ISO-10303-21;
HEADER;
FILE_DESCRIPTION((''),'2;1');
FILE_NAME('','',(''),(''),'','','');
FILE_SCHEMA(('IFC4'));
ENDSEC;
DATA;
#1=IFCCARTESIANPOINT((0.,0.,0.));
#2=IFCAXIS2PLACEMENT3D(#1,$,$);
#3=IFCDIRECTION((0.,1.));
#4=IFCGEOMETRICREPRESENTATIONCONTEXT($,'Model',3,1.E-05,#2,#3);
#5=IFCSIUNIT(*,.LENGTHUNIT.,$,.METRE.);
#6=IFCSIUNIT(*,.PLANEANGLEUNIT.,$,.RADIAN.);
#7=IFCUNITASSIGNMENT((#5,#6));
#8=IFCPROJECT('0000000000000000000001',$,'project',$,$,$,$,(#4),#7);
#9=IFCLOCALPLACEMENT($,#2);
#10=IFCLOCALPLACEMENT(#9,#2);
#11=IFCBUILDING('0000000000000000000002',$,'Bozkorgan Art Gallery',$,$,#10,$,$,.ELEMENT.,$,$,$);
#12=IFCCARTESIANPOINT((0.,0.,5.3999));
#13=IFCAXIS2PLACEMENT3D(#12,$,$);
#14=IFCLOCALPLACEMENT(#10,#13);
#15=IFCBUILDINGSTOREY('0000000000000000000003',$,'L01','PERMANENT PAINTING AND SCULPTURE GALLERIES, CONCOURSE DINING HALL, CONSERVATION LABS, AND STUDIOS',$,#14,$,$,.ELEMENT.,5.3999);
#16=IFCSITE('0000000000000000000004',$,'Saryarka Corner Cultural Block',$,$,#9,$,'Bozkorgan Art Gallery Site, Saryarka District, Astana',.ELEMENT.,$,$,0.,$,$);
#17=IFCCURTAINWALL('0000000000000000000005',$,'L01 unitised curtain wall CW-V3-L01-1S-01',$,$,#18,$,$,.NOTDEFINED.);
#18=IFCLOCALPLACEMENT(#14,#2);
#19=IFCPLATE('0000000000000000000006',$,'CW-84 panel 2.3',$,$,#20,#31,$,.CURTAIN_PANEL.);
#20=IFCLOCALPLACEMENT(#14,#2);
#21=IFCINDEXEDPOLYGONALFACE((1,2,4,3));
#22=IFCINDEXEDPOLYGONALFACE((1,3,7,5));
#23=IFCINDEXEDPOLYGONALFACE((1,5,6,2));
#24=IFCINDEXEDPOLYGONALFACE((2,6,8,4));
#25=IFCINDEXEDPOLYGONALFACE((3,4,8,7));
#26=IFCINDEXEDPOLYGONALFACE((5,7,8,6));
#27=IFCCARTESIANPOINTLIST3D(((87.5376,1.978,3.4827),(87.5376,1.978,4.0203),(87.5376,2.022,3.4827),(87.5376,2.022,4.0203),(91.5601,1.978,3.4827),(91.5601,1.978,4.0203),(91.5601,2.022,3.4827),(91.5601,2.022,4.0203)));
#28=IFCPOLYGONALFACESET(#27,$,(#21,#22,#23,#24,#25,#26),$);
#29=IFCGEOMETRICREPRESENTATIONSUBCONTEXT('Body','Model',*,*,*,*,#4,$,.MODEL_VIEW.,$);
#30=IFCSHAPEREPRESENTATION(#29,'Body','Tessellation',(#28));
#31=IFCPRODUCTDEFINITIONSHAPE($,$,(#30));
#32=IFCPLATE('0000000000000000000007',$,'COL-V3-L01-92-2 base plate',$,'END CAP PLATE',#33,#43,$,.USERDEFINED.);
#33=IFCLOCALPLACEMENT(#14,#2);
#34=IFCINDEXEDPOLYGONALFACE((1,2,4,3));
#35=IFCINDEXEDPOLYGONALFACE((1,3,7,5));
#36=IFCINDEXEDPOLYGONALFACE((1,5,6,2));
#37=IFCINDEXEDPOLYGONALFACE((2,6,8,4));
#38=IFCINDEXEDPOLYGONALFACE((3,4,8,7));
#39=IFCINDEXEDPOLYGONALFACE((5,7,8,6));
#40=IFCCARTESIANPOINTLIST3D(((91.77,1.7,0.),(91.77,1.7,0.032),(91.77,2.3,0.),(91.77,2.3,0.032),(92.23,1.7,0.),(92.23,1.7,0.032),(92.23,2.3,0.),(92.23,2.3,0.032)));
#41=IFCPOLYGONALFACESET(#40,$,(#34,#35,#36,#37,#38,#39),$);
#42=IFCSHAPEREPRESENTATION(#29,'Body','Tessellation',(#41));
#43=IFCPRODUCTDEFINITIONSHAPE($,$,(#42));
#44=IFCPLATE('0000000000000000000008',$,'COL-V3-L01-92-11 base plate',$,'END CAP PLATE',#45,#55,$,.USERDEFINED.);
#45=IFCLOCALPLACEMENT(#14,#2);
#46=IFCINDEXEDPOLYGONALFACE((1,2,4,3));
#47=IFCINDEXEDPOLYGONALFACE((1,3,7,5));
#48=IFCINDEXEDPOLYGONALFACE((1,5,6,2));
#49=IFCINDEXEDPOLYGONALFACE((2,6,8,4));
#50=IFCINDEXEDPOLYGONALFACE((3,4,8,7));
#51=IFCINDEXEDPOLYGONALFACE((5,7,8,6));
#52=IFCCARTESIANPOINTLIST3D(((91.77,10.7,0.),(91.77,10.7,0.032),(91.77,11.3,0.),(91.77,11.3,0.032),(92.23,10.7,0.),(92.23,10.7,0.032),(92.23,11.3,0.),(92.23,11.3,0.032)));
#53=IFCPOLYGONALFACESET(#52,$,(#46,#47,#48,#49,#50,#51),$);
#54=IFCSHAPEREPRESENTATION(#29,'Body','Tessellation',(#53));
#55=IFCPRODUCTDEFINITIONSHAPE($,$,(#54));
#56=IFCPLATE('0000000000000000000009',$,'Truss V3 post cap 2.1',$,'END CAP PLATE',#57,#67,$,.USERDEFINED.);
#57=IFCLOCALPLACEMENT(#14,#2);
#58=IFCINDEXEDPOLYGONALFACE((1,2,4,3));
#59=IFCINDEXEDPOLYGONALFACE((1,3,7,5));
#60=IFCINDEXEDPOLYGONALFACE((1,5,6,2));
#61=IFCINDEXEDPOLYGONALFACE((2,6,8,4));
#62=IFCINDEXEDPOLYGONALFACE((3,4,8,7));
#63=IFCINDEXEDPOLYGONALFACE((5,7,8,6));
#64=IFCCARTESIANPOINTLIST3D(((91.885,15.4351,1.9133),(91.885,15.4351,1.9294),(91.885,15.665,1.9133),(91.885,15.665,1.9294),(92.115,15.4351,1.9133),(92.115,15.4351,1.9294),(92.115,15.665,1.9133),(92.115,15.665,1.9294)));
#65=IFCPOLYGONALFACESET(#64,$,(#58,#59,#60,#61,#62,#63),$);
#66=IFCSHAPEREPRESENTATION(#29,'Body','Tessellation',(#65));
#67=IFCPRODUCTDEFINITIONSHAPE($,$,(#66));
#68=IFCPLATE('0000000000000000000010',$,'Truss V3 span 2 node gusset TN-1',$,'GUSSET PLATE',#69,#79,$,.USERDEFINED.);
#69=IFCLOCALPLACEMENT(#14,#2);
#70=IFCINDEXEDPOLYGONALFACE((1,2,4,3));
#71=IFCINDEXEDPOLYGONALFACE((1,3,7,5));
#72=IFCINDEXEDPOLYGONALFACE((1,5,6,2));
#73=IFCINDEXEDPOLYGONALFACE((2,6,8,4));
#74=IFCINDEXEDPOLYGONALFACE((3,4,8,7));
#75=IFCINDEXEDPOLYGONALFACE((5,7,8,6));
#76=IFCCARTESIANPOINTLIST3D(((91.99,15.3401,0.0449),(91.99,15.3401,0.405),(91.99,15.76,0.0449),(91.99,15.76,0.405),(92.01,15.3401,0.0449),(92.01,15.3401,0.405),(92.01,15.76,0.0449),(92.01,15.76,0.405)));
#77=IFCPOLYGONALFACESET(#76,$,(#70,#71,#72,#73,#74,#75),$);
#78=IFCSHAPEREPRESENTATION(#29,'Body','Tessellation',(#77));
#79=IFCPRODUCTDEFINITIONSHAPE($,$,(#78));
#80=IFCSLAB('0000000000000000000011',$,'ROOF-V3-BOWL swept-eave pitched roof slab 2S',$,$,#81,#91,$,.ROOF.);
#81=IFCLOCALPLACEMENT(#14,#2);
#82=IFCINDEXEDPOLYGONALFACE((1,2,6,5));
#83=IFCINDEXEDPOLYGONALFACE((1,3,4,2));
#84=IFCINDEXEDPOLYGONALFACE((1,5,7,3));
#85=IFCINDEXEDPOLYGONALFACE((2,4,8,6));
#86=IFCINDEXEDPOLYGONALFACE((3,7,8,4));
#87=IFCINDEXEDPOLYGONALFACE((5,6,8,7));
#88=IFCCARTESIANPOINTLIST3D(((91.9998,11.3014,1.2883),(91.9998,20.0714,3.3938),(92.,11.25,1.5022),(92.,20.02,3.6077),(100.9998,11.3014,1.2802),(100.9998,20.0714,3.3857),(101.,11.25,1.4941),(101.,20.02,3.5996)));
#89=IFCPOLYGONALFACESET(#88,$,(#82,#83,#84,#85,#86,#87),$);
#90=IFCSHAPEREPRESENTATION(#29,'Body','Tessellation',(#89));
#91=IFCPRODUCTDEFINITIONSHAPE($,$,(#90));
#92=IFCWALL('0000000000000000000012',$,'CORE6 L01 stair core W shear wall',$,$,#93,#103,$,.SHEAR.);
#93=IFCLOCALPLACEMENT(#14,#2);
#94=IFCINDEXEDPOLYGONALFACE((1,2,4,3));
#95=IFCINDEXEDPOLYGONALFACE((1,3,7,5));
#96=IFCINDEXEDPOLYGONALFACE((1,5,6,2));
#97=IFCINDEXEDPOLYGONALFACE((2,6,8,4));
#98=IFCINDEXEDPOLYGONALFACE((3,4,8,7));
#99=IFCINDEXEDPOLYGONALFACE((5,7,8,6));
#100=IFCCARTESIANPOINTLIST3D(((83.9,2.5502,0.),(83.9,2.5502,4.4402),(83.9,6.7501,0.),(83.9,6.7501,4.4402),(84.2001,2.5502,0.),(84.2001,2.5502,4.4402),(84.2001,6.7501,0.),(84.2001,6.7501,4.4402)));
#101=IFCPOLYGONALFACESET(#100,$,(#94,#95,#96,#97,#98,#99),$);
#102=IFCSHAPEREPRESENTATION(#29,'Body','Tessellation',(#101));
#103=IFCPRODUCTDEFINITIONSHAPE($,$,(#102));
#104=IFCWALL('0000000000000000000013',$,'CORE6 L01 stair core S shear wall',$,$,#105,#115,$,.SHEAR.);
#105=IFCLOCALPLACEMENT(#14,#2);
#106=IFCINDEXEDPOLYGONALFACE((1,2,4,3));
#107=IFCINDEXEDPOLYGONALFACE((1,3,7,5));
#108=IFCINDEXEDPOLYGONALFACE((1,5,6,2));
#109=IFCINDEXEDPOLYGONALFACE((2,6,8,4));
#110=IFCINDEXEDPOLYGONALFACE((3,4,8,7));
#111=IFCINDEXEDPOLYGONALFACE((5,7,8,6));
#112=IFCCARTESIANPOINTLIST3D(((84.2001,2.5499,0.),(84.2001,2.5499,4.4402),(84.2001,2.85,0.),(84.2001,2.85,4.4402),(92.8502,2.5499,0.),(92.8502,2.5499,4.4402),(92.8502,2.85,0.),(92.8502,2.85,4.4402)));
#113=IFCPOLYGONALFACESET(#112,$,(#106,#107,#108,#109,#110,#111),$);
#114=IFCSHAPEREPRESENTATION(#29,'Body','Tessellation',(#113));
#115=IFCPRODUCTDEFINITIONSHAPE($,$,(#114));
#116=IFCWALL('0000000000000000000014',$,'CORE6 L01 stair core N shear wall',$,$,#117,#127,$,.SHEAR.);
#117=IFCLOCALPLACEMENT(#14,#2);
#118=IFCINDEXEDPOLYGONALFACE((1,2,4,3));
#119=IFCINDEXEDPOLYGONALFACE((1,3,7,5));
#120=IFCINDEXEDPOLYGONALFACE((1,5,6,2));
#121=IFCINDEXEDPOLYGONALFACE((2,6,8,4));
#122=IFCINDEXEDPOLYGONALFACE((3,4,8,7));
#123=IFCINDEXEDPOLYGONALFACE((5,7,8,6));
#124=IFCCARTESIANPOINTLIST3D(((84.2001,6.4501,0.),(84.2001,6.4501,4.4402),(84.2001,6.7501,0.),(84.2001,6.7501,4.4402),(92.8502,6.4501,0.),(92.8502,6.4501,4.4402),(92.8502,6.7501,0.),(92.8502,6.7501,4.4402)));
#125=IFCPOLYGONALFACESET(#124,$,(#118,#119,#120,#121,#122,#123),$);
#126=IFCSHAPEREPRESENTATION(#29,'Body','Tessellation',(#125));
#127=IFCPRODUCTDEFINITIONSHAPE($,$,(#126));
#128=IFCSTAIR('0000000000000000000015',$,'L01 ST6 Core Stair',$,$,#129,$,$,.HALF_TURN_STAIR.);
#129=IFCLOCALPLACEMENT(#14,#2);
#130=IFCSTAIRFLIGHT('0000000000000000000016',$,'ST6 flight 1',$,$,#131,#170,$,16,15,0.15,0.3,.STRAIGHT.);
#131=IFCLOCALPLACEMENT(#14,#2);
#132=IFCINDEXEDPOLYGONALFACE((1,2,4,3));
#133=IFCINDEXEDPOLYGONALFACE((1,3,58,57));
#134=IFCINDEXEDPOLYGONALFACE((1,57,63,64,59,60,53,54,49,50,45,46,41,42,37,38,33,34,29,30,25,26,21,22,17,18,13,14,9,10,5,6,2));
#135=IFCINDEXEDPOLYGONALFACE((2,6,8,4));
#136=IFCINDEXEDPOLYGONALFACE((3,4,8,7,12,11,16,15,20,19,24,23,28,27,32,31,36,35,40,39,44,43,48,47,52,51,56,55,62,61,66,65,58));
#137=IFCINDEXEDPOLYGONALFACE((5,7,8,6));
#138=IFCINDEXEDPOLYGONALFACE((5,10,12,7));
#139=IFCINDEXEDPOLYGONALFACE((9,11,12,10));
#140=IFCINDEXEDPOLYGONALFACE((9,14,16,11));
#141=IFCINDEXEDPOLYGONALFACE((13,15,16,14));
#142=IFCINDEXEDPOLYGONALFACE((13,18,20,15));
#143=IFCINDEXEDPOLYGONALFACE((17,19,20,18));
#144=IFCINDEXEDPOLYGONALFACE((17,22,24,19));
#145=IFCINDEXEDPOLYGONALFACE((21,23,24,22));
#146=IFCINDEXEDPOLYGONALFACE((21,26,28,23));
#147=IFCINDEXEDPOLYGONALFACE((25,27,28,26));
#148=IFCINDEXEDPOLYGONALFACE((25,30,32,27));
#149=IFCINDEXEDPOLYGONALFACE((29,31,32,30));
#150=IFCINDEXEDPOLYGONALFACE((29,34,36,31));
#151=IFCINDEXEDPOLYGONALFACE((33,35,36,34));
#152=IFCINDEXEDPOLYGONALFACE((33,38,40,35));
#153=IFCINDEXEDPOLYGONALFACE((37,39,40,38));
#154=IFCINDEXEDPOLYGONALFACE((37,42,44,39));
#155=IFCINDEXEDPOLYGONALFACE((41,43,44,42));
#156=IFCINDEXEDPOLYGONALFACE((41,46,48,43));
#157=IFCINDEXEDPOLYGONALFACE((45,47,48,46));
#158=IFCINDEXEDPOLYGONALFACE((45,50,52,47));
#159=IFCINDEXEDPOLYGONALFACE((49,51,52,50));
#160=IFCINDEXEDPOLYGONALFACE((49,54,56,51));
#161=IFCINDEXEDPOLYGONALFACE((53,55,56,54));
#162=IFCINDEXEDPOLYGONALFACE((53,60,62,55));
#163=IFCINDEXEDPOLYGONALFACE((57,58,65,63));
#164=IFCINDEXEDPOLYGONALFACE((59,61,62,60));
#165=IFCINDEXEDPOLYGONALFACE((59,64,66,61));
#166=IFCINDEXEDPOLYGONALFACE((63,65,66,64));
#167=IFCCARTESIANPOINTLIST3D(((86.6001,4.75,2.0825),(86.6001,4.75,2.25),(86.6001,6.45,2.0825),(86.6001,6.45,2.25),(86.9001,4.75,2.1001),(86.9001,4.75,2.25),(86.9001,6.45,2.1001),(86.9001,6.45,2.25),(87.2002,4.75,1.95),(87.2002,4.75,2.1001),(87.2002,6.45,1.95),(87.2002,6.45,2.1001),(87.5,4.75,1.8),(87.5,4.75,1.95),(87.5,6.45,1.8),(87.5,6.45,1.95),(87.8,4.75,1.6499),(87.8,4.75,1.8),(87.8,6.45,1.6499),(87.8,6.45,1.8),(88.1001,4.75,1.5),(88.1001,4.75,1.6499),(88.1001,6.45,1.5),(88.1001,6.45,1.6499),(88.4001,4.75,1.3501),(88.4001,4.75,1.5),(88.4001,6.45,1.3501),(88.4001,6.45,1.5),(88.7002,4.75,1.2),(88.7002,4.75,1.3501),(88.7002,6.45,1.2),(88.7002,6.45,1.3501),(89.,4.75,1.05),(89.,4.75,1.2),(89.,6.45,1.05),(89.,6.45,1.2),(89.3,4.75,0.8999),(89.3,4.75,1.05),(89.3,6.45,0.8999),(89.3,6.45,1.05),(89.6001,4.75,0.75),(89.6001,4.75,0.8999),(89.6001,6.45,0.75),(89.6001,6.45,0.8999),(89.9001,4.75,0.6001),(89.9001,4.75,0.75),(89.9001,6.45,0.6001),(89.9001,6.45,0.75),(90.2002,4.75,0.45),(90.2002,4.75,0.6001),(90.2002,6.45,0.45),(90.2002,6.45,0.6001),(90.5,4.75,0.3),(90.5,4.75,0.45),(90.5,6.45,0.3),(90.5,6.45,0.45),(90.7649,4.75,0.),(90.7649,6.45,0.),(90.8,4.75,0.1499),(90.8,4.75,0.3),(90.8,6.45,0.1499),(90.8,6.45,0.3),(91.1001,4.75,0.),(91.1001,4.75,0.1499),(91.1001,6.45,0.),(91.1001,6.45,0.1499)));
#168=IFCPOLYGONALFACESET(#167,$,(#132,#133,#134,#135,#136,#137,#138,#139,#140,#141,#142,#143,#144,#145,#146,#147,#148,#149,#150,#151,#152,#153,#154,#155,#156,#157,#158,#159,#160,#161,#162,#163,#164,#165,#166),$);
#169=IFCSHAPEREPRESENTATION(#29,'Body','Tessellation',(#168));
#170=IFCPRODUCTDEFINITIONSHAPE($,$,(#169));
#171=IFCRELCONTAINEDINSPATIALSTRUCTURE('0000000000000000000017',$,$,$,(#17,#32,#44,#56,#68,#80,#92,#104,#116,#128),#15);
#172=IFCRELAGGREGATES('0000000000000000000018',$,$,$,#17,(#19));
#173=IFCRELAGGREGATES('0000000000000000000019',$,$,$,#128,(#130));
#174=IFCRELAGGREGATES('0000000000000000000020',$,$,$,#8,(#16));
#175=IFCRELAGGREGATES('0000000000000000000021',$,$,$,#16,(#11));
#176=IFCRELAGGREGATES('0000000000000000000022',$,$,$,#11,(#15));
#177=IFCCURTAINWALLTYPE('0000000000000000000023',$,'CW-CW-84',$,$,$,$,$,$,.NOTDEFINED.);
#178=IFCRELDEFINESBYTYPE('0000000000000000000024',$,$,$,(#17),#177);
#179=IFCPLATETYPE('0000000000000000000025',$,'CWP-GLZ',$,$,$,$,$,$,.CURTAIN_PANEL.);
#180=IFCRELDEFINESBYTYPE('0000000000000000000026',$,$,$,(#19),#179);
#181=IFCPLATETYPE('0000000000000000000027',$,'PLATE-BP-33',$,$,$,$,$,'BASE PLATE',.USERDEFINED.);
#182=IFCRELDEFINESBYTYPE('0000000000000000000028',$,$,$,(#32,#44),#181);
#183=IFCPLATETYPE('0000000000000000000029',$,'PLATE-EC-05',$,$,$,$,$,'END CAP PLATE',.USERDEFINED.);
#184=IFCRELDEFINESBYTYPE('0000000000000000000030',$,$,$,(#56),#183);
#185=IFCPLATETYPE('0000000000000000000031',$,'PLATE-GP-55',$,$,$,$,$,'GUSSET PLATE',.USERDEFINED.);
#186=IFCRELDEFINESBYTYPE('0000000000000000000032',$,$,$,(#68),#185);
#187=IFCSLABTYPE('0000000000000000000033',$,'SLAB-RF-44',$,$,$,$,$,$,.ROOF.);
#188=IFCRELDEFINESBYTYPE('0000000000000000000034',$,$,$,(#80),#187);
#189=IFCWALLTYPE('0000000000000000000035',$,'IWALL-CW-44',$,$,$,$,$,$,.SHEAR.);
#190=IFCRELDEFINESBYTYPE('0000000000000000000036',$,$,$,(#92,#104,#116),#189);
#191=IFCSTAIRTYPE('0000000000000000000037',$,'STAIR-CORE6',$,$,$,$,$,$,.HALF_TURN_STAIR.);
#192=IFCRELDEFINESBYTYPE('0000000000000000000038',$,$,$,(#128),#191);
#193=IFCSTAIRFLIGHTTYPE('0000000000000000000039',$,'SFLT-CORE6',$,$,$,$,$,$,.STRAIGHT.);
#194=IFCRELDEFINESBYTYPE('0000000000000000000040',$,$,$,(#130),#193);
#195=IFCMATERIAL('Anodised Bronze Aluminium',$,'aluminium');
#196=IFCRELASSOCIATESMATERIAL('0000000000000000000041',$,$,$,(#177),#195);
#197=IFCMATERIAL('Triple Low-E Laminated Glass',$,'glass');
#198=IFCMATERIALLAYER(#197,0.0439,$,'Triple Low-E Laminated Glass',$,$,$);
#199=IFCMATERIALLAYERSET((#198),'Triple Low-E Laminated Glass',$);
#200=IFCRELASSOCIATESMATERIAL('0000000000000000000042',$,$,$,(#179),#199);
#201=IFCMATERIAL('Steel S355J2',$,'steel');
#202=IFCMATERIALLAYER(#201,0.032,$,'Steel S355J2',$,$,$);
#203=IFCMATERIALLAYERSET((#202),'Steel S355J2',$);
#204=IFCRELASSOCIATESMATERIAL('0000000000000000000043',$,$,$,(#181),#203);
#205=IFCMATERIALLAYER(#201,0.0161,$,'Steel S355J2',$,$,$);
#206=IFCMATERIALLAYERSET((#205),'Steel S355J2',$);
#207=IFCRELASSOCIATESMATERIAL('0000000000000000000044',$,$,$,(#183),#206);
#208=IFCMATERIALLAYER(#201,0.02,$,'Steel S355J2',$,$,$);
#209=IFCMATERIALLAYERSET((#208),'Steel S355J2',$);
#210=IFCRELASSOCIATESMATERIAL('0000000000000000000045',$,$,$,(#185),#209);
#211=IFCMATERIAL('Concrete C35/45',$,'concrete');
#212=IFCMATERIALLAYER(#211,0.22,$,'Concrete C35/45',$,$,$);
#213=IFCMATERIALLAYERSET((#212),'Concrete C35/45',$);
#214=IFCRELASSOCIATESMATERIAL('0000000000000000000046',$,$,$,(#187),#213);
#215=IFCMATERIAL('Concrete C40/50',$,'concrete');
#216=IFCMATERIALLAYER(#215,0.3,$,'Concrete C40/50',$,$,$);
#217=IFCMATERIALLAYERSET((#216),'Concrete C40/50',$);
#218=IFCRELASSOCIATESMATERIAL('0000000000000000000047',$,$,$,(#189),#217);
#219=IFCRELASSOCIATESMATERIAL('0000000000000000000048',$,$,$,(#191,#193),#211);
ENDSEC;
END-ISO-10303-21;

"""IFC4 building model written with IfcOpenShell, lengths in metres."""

from ifc_helpers import new_model, si_unit, direction, frame, frame_2d, origin, origin_2d, place, context, subcontext, project, spatial, polyline, rectangle, outline, extrude, material, layer, layer_set, type_object, element, aggregate, save


model = new_model("IFC4")

# Units and contexts
model_context = context("Model", 3, precision=1e-05, world=origin(), true_north=direction((0.0, 1.0)))
body_context = subcontext(model_context, "Body", "Model", "MODEL_VIEW")
ifc_project = project(units=[si_unit("LENGTHUNIT", "METRE"), si_unit("PLANEANGLEUNIT", "RADIAN")], contexts=[model_context])

# Site, building, storey
site_placement = place(None, origin())
site = spatial("IfcSite", under=ifc_project, at=site_placement, Name="Saryarka Corner Cultural Block", LongName="Bozkorgan Art Gallery Site, Saryarka District, Astana", CompositionType="ELEMENT", RefElevation=0.0)
building_placement = place(site_placement, origin())
building = spatial("IfcBuilding", under=site, at=building_placement, Name="Bozkorgan Art Gallery", CompositionType="ELEMENT")
storey_placement = place(building_placement, frame((0.0, 0.0, 5.3999)))
storey = spatial("IfcBuildingStorey", under=building, at=storey_placement, Name="L01", Description="PERMANENT PAINTING AND SCULPTURE GALLERIES, CONCOURSE DINING HALL, CONSERVATION LABS, AND STUDIOS", CompositionType="ELEMENT", Elevation=5.3999)

# Shared definitions
ifc_material_1 = material(Name="Steel S355J2", Category="steel")

# Curtain wall
ifc_material_2 = material(Name="Anodised Bronze Aluminium", Category="aluminium")
curtain_wall_type = type_object("IfcCurtainWallType", Name="CW-CW-84", PredefinedType="NOTDEFINED", material=ifc_material_2)
curtain_wall_placement = place(storey_placement, origin())
curtain_wall = element("IfcCurtainWall", 1, at=curtain_wall_placement, inside=storey, type_object=curtain_wall_type, Name="L01 unitised curtain wall CW-V3-L01-1S-01", PredefinedType="NOTDEFINED")

# Plate
ifc_material_3 = material(Name="Triple Low-E Laminated Glass", Category="glass")
ifc_layer_1 = layer(ifc_material_3, 0.0439, Name="Triple Low-E Laminated Glass")
ifc_layer_set_1 = layer_set([ifc_layer_1], Name="Triple Low-E Laminated Glass")
plate_type_1 = type_object("IfcPlateType", Name="CWP-GLZ", PredefinedType="CURTAIN_PANEL", material=ifc_layer_set_1)
plate_1_placement = place(storey_placement, frame((89.5488, 2.0, 3.4827), z_axis=(0.0, 0.0, 1.0), x_axis=(1.0, 0.0, 0.0)))
plate_1 = element("IfcPlate", 2, at=plate_1_placement, type_object=plate_type_1, Name="CW-84 panel 2.3", PredefinedType="CURTAIN_PANEL", context=body_context, shape_type="SweptSolid", body=[
    extrude(rectangle(XDim=4.0225, YDim=0.0439, at=origin_2d()), origin(), (0.0, 0.0, 1.0), 0.5376),
])
aggregate(curtain_wall, [plate_1])

# Plates
ifc_layer_2 = layer(ifc_material_1, 0.032, Name="Steel S355J2")
ifc_layer_set_2 = layer_set([ifc_layer_2], Name="Steel S355J2")
plate_type_2 = type_object("IfcPlateType", Name="PLATE-BP-33", ElementType="BASE PLATE", PredefinedType="USERDEFINED", material=ifc_layer_set_2)
for number, where, z_axis, x_axis, name in (
    (3, (92.0, 2.0, 0.0), (0.0, 0.0, 1.0), (1.0, 0.0, 0.0), "COL-V3-L01-92-2 base plate"),
    (4, (92.0, 11.0, 0.0), (0.0, 0.0, 1.0), (1.0, 0.0, 0.0), "COL-V3-L01-92-11 base plate"),
):
    element("IfcPlate", number, at=place(storey_placement, frame(where, z_axis=z_axis, x_axis=x_axis)), inside=storey, type_object=plate_type_2, Name=name, ObjectType="END CAP PLATE", PredefinedType="USERDEFINED", context=body_context, shape_type="SweptSolid", body=[
        extrude(rectangle(XDim=0.46, YDim=0.6001, at=origin_2d()), origin(), (0.0, 0.0, 1.0), 0.032),
    ])
ifc_layer_3 = layer(ifc_material_1, 0.0161, Name="Steel S355J2")
ifc_layer_set_3 = layer_set([ifc_layer_3], Name="Steel S355J2")
plate_type_3 = type_object("IfcPlateType", Name="PLATE-EC-05", ElementType="END CAP PLATE", PredefinedType="USERDEFINED", material=ifc_layer_set_3)
plate_2_placement = place(storey_placement, frame((92.0, 15.55, 1.9133), z_axis=(0.0, 0.0, 1.0), x_axis=(1.0, 0.0, 0.0)))
element("IfcPlate", 5, at=plate_2_placement, inside=storey, type_object=plate_type_3, Name="Truss V3 post cap 2.1", ObjectType="END CAP PLATE", PredefinedType="USERDEFINED", context=body_context, shape_type="SweptSolid", body=[
    extrude(rectangle(XDim=0.23, YDim=0.23, at=origin_2d()), origin(), (0.0, 0.0, 1.0), 0.0161),
])
ifc_layer_4 = layer(ifc_material_1, 0.02, Name="Steel S355J2")
ifc_layer_set_4 = layer_set([ifc_layer_4], Name="Steel S355J2")
plate_type_4 = type_object("IfcPlateType", Name="PLATE-GP-55", ElementType="GUSSET PLATE", PredefinedType="USERDEFINED", material=ifc_layer_set_4)
plate_3_placement = place(storey_placement, frame((92.0, 15.55, 0.0449), z_axis=(0.0, 0.0, 1.0), x_axis=(1.0, 0.0, 0.0)))
element("IfcPlate", 6, at=plate_3_placement, inside=storey, type_object=plate_type_4, Name="Truss V3 span 2 node gusset TN-1", ObjectType="GUSSET PLATE", PredefinedType="USERDEFINED", context=body_context, shape_type="SweptSolid", body=[
    extrude(rectangle(XDim=0.02, YDim=0.4199, at=origin_2d()), origin(), (0.0, 0.0, 1.0), 0.3601),
])

# Slab
ifc_material_4 = material(Name="Concrete C35/45", Category="concrete")
ifc_layer_5 = layer(ifc_material_4, 0.22, Name="Concrete C35/45")
ifc_layer_set_5 = layer_set([ifc_layer_5], Name="Concrete C35/45")
slab_type = type_object("IfcSlabType", Name="SLAB-RF-44", PredefinedType="ROOF", material=ifc_layer_set_5)
slab_placement = place(storey_placement, frame((92.0, 11.25, 1.5022), z_axis=(0.00087, -0.233442, 0.97237), x_axis=(1.0, 0.0, -0.000895)))
element("IfcSlab", 7, at=slab_placement, inside=storey, type_object=slab_type, Name="ROOF-V3-BOWL swept-eave pitched roof slab 2S", PredefinedType="ROOF", context=body_context, shape_type="SweptSolid", body=[
    extrude(outline(polyline([(0.0, 0.0), (9.0, 0.0), (8.9981, 9.0192), (-0.0019, 9.0192), (0.0, 0.0)])), origin(), (0.0, 0.0, -1.0), 0.22),
])

# Walls
ifc_material_5 = material(Name="Concrete C40/50", Category="concrete")
ifc_layer_6 = layer(ifc_material_5, 0.3, Name="Concrete C40/50")
ifc_layer_set_6 = layer_set([ifc_layer_6], Name="Concrete C40/50")
wall_type = type_object("IfcWallType", Name="IWALL-CW-44", PredefinedType="SHEAR", material=ifc_layer_set_6)
wall_placement = place(storey_placement, frame((84.05, 2.55, 0.0), z_axis=(0.0, 0.0, 1.0), x_axis=(0.0, 1.0, 0.0)))
element("IfcWall", 8, at=wall_placement, inside=storey, type_object=wall_type, Name="CORE6 L01 stair core W shear wall", PredefinedType="SHEAR", context=body_context, shape_type="SweptSolid", body=[
    extrude(rectangle(XDim=4.2, YDim=0.3, at=frame_2d((2.1001, 0.0))), origin(), (0.0, 0.0, 1.0), 4.4402),
])
for number, where, z_axis, x_axis, name in (
    (9, (84.2, 2.7, 0.0), (0.0, 0.0, 1.0), (1.0, 0.0, 0.0), "CORE6 L01 stair core S shear wall"),
    (10, (84.2, 6.6001, 0.0), (0.0, 0.0, 1.0), (1.0, 0.0, 0.0), "CORE6 L01 stair core N shear wall"),
):
    element("IfcWall", number, at=place(storey_placement, frame(where, z_axis=z_axis, x_axis=x_axis)), inside=storey, type_object=wall_type, Name=name, PredefinedType="SHEAR", context=body_context, shape_type="SweptSolid", body=[
        extrude(rectangle(XDim=8.6501, YDim=0.3, at=frame_2d((4.3252, 0.0))), origin(), (0.0, 0.0, 1.0), 4.4402),
    ])

# Stair, stair flight
stair_type = type_object("IfcStairType", Name="STAIR-CORE6", PredefinedType="HALF_TURN_STAIR", material=ifc_material_4)
stair_placement = place(storey_placement, origin())
stair = element("IfcStair", 11, at=stair_placement, inside=storey, type_object=stair_type, Name="L01 ST6 Core Stair", PredefinedType="HALF_TURN_STAIR")
stair_flight_type = type_object("IfcStairFlightType", Name="SFLT-CORE6", PredefinedType="STRAIGHT", material=ifc_material_4)
stair_flight_1_placement = place(storey_placement, frame((91.1001, 5.6001, 0.0), z_axis=(0.0, 0.0, 1.0), x_axis=(-1.0, 0.0, 0.0)))
stair_flight_1 = element("IfcStairFlight", 12, at=stair_flight_1_placement, type_object=stair_flight_type, Name="ST6 flight 1", NumberOfRisers=16, NumberOfTreads=15, PredefinedType="STRAIGHT", RiserHeight=0.15, TreadLength=0.3, context=body_context, shape_type="SweptSolid", body=[
    extrude(outline(polyline([(0.0, 0.0), (0.0, 0.1499), (0.3, 0.1499), (0.3, 0.3), (0.6001, 0.3), (0.6001, 0.45), (0.8999, 0.45), (0.8999, 0.6001), (1.2, 0.6001), (1.2, 0.75), (1.5, 0.75), (1.5, 0.8999), (1.8, 0.8999), (1.8, 1.05), (2.1001, 1.05), (2.1001, 1.2), (2.3999, 1.2), (2.3999, 1.3501), (2.7, 1.3501), (2.7, 1.5), (3.0, 1.5), (3.0, 1.6499), (3.3, 1.6499), (3.3, 1.8), (3.6001, 1.8), (3.6001, 1.95), (3.8999, 1.95), (3.8999, 2.1001), (4.2, 2.1001), (4.2, 2.25), (4.5, 2.25), (4.5, 2.3999), (4.5, 2.0825), (0.3352, 0.0), (0.0, 0.0)])), frame((0.0, 0.8501, 0.0), z_axis=(0.0, -1.0, 0.0), x_axis=(1.0, 0.0, 0.0)), (0.0, 0.0, 1.0), 1.7),
])
aggregate(stair, [stair_flight_1])

save(model, "model.ifc")
